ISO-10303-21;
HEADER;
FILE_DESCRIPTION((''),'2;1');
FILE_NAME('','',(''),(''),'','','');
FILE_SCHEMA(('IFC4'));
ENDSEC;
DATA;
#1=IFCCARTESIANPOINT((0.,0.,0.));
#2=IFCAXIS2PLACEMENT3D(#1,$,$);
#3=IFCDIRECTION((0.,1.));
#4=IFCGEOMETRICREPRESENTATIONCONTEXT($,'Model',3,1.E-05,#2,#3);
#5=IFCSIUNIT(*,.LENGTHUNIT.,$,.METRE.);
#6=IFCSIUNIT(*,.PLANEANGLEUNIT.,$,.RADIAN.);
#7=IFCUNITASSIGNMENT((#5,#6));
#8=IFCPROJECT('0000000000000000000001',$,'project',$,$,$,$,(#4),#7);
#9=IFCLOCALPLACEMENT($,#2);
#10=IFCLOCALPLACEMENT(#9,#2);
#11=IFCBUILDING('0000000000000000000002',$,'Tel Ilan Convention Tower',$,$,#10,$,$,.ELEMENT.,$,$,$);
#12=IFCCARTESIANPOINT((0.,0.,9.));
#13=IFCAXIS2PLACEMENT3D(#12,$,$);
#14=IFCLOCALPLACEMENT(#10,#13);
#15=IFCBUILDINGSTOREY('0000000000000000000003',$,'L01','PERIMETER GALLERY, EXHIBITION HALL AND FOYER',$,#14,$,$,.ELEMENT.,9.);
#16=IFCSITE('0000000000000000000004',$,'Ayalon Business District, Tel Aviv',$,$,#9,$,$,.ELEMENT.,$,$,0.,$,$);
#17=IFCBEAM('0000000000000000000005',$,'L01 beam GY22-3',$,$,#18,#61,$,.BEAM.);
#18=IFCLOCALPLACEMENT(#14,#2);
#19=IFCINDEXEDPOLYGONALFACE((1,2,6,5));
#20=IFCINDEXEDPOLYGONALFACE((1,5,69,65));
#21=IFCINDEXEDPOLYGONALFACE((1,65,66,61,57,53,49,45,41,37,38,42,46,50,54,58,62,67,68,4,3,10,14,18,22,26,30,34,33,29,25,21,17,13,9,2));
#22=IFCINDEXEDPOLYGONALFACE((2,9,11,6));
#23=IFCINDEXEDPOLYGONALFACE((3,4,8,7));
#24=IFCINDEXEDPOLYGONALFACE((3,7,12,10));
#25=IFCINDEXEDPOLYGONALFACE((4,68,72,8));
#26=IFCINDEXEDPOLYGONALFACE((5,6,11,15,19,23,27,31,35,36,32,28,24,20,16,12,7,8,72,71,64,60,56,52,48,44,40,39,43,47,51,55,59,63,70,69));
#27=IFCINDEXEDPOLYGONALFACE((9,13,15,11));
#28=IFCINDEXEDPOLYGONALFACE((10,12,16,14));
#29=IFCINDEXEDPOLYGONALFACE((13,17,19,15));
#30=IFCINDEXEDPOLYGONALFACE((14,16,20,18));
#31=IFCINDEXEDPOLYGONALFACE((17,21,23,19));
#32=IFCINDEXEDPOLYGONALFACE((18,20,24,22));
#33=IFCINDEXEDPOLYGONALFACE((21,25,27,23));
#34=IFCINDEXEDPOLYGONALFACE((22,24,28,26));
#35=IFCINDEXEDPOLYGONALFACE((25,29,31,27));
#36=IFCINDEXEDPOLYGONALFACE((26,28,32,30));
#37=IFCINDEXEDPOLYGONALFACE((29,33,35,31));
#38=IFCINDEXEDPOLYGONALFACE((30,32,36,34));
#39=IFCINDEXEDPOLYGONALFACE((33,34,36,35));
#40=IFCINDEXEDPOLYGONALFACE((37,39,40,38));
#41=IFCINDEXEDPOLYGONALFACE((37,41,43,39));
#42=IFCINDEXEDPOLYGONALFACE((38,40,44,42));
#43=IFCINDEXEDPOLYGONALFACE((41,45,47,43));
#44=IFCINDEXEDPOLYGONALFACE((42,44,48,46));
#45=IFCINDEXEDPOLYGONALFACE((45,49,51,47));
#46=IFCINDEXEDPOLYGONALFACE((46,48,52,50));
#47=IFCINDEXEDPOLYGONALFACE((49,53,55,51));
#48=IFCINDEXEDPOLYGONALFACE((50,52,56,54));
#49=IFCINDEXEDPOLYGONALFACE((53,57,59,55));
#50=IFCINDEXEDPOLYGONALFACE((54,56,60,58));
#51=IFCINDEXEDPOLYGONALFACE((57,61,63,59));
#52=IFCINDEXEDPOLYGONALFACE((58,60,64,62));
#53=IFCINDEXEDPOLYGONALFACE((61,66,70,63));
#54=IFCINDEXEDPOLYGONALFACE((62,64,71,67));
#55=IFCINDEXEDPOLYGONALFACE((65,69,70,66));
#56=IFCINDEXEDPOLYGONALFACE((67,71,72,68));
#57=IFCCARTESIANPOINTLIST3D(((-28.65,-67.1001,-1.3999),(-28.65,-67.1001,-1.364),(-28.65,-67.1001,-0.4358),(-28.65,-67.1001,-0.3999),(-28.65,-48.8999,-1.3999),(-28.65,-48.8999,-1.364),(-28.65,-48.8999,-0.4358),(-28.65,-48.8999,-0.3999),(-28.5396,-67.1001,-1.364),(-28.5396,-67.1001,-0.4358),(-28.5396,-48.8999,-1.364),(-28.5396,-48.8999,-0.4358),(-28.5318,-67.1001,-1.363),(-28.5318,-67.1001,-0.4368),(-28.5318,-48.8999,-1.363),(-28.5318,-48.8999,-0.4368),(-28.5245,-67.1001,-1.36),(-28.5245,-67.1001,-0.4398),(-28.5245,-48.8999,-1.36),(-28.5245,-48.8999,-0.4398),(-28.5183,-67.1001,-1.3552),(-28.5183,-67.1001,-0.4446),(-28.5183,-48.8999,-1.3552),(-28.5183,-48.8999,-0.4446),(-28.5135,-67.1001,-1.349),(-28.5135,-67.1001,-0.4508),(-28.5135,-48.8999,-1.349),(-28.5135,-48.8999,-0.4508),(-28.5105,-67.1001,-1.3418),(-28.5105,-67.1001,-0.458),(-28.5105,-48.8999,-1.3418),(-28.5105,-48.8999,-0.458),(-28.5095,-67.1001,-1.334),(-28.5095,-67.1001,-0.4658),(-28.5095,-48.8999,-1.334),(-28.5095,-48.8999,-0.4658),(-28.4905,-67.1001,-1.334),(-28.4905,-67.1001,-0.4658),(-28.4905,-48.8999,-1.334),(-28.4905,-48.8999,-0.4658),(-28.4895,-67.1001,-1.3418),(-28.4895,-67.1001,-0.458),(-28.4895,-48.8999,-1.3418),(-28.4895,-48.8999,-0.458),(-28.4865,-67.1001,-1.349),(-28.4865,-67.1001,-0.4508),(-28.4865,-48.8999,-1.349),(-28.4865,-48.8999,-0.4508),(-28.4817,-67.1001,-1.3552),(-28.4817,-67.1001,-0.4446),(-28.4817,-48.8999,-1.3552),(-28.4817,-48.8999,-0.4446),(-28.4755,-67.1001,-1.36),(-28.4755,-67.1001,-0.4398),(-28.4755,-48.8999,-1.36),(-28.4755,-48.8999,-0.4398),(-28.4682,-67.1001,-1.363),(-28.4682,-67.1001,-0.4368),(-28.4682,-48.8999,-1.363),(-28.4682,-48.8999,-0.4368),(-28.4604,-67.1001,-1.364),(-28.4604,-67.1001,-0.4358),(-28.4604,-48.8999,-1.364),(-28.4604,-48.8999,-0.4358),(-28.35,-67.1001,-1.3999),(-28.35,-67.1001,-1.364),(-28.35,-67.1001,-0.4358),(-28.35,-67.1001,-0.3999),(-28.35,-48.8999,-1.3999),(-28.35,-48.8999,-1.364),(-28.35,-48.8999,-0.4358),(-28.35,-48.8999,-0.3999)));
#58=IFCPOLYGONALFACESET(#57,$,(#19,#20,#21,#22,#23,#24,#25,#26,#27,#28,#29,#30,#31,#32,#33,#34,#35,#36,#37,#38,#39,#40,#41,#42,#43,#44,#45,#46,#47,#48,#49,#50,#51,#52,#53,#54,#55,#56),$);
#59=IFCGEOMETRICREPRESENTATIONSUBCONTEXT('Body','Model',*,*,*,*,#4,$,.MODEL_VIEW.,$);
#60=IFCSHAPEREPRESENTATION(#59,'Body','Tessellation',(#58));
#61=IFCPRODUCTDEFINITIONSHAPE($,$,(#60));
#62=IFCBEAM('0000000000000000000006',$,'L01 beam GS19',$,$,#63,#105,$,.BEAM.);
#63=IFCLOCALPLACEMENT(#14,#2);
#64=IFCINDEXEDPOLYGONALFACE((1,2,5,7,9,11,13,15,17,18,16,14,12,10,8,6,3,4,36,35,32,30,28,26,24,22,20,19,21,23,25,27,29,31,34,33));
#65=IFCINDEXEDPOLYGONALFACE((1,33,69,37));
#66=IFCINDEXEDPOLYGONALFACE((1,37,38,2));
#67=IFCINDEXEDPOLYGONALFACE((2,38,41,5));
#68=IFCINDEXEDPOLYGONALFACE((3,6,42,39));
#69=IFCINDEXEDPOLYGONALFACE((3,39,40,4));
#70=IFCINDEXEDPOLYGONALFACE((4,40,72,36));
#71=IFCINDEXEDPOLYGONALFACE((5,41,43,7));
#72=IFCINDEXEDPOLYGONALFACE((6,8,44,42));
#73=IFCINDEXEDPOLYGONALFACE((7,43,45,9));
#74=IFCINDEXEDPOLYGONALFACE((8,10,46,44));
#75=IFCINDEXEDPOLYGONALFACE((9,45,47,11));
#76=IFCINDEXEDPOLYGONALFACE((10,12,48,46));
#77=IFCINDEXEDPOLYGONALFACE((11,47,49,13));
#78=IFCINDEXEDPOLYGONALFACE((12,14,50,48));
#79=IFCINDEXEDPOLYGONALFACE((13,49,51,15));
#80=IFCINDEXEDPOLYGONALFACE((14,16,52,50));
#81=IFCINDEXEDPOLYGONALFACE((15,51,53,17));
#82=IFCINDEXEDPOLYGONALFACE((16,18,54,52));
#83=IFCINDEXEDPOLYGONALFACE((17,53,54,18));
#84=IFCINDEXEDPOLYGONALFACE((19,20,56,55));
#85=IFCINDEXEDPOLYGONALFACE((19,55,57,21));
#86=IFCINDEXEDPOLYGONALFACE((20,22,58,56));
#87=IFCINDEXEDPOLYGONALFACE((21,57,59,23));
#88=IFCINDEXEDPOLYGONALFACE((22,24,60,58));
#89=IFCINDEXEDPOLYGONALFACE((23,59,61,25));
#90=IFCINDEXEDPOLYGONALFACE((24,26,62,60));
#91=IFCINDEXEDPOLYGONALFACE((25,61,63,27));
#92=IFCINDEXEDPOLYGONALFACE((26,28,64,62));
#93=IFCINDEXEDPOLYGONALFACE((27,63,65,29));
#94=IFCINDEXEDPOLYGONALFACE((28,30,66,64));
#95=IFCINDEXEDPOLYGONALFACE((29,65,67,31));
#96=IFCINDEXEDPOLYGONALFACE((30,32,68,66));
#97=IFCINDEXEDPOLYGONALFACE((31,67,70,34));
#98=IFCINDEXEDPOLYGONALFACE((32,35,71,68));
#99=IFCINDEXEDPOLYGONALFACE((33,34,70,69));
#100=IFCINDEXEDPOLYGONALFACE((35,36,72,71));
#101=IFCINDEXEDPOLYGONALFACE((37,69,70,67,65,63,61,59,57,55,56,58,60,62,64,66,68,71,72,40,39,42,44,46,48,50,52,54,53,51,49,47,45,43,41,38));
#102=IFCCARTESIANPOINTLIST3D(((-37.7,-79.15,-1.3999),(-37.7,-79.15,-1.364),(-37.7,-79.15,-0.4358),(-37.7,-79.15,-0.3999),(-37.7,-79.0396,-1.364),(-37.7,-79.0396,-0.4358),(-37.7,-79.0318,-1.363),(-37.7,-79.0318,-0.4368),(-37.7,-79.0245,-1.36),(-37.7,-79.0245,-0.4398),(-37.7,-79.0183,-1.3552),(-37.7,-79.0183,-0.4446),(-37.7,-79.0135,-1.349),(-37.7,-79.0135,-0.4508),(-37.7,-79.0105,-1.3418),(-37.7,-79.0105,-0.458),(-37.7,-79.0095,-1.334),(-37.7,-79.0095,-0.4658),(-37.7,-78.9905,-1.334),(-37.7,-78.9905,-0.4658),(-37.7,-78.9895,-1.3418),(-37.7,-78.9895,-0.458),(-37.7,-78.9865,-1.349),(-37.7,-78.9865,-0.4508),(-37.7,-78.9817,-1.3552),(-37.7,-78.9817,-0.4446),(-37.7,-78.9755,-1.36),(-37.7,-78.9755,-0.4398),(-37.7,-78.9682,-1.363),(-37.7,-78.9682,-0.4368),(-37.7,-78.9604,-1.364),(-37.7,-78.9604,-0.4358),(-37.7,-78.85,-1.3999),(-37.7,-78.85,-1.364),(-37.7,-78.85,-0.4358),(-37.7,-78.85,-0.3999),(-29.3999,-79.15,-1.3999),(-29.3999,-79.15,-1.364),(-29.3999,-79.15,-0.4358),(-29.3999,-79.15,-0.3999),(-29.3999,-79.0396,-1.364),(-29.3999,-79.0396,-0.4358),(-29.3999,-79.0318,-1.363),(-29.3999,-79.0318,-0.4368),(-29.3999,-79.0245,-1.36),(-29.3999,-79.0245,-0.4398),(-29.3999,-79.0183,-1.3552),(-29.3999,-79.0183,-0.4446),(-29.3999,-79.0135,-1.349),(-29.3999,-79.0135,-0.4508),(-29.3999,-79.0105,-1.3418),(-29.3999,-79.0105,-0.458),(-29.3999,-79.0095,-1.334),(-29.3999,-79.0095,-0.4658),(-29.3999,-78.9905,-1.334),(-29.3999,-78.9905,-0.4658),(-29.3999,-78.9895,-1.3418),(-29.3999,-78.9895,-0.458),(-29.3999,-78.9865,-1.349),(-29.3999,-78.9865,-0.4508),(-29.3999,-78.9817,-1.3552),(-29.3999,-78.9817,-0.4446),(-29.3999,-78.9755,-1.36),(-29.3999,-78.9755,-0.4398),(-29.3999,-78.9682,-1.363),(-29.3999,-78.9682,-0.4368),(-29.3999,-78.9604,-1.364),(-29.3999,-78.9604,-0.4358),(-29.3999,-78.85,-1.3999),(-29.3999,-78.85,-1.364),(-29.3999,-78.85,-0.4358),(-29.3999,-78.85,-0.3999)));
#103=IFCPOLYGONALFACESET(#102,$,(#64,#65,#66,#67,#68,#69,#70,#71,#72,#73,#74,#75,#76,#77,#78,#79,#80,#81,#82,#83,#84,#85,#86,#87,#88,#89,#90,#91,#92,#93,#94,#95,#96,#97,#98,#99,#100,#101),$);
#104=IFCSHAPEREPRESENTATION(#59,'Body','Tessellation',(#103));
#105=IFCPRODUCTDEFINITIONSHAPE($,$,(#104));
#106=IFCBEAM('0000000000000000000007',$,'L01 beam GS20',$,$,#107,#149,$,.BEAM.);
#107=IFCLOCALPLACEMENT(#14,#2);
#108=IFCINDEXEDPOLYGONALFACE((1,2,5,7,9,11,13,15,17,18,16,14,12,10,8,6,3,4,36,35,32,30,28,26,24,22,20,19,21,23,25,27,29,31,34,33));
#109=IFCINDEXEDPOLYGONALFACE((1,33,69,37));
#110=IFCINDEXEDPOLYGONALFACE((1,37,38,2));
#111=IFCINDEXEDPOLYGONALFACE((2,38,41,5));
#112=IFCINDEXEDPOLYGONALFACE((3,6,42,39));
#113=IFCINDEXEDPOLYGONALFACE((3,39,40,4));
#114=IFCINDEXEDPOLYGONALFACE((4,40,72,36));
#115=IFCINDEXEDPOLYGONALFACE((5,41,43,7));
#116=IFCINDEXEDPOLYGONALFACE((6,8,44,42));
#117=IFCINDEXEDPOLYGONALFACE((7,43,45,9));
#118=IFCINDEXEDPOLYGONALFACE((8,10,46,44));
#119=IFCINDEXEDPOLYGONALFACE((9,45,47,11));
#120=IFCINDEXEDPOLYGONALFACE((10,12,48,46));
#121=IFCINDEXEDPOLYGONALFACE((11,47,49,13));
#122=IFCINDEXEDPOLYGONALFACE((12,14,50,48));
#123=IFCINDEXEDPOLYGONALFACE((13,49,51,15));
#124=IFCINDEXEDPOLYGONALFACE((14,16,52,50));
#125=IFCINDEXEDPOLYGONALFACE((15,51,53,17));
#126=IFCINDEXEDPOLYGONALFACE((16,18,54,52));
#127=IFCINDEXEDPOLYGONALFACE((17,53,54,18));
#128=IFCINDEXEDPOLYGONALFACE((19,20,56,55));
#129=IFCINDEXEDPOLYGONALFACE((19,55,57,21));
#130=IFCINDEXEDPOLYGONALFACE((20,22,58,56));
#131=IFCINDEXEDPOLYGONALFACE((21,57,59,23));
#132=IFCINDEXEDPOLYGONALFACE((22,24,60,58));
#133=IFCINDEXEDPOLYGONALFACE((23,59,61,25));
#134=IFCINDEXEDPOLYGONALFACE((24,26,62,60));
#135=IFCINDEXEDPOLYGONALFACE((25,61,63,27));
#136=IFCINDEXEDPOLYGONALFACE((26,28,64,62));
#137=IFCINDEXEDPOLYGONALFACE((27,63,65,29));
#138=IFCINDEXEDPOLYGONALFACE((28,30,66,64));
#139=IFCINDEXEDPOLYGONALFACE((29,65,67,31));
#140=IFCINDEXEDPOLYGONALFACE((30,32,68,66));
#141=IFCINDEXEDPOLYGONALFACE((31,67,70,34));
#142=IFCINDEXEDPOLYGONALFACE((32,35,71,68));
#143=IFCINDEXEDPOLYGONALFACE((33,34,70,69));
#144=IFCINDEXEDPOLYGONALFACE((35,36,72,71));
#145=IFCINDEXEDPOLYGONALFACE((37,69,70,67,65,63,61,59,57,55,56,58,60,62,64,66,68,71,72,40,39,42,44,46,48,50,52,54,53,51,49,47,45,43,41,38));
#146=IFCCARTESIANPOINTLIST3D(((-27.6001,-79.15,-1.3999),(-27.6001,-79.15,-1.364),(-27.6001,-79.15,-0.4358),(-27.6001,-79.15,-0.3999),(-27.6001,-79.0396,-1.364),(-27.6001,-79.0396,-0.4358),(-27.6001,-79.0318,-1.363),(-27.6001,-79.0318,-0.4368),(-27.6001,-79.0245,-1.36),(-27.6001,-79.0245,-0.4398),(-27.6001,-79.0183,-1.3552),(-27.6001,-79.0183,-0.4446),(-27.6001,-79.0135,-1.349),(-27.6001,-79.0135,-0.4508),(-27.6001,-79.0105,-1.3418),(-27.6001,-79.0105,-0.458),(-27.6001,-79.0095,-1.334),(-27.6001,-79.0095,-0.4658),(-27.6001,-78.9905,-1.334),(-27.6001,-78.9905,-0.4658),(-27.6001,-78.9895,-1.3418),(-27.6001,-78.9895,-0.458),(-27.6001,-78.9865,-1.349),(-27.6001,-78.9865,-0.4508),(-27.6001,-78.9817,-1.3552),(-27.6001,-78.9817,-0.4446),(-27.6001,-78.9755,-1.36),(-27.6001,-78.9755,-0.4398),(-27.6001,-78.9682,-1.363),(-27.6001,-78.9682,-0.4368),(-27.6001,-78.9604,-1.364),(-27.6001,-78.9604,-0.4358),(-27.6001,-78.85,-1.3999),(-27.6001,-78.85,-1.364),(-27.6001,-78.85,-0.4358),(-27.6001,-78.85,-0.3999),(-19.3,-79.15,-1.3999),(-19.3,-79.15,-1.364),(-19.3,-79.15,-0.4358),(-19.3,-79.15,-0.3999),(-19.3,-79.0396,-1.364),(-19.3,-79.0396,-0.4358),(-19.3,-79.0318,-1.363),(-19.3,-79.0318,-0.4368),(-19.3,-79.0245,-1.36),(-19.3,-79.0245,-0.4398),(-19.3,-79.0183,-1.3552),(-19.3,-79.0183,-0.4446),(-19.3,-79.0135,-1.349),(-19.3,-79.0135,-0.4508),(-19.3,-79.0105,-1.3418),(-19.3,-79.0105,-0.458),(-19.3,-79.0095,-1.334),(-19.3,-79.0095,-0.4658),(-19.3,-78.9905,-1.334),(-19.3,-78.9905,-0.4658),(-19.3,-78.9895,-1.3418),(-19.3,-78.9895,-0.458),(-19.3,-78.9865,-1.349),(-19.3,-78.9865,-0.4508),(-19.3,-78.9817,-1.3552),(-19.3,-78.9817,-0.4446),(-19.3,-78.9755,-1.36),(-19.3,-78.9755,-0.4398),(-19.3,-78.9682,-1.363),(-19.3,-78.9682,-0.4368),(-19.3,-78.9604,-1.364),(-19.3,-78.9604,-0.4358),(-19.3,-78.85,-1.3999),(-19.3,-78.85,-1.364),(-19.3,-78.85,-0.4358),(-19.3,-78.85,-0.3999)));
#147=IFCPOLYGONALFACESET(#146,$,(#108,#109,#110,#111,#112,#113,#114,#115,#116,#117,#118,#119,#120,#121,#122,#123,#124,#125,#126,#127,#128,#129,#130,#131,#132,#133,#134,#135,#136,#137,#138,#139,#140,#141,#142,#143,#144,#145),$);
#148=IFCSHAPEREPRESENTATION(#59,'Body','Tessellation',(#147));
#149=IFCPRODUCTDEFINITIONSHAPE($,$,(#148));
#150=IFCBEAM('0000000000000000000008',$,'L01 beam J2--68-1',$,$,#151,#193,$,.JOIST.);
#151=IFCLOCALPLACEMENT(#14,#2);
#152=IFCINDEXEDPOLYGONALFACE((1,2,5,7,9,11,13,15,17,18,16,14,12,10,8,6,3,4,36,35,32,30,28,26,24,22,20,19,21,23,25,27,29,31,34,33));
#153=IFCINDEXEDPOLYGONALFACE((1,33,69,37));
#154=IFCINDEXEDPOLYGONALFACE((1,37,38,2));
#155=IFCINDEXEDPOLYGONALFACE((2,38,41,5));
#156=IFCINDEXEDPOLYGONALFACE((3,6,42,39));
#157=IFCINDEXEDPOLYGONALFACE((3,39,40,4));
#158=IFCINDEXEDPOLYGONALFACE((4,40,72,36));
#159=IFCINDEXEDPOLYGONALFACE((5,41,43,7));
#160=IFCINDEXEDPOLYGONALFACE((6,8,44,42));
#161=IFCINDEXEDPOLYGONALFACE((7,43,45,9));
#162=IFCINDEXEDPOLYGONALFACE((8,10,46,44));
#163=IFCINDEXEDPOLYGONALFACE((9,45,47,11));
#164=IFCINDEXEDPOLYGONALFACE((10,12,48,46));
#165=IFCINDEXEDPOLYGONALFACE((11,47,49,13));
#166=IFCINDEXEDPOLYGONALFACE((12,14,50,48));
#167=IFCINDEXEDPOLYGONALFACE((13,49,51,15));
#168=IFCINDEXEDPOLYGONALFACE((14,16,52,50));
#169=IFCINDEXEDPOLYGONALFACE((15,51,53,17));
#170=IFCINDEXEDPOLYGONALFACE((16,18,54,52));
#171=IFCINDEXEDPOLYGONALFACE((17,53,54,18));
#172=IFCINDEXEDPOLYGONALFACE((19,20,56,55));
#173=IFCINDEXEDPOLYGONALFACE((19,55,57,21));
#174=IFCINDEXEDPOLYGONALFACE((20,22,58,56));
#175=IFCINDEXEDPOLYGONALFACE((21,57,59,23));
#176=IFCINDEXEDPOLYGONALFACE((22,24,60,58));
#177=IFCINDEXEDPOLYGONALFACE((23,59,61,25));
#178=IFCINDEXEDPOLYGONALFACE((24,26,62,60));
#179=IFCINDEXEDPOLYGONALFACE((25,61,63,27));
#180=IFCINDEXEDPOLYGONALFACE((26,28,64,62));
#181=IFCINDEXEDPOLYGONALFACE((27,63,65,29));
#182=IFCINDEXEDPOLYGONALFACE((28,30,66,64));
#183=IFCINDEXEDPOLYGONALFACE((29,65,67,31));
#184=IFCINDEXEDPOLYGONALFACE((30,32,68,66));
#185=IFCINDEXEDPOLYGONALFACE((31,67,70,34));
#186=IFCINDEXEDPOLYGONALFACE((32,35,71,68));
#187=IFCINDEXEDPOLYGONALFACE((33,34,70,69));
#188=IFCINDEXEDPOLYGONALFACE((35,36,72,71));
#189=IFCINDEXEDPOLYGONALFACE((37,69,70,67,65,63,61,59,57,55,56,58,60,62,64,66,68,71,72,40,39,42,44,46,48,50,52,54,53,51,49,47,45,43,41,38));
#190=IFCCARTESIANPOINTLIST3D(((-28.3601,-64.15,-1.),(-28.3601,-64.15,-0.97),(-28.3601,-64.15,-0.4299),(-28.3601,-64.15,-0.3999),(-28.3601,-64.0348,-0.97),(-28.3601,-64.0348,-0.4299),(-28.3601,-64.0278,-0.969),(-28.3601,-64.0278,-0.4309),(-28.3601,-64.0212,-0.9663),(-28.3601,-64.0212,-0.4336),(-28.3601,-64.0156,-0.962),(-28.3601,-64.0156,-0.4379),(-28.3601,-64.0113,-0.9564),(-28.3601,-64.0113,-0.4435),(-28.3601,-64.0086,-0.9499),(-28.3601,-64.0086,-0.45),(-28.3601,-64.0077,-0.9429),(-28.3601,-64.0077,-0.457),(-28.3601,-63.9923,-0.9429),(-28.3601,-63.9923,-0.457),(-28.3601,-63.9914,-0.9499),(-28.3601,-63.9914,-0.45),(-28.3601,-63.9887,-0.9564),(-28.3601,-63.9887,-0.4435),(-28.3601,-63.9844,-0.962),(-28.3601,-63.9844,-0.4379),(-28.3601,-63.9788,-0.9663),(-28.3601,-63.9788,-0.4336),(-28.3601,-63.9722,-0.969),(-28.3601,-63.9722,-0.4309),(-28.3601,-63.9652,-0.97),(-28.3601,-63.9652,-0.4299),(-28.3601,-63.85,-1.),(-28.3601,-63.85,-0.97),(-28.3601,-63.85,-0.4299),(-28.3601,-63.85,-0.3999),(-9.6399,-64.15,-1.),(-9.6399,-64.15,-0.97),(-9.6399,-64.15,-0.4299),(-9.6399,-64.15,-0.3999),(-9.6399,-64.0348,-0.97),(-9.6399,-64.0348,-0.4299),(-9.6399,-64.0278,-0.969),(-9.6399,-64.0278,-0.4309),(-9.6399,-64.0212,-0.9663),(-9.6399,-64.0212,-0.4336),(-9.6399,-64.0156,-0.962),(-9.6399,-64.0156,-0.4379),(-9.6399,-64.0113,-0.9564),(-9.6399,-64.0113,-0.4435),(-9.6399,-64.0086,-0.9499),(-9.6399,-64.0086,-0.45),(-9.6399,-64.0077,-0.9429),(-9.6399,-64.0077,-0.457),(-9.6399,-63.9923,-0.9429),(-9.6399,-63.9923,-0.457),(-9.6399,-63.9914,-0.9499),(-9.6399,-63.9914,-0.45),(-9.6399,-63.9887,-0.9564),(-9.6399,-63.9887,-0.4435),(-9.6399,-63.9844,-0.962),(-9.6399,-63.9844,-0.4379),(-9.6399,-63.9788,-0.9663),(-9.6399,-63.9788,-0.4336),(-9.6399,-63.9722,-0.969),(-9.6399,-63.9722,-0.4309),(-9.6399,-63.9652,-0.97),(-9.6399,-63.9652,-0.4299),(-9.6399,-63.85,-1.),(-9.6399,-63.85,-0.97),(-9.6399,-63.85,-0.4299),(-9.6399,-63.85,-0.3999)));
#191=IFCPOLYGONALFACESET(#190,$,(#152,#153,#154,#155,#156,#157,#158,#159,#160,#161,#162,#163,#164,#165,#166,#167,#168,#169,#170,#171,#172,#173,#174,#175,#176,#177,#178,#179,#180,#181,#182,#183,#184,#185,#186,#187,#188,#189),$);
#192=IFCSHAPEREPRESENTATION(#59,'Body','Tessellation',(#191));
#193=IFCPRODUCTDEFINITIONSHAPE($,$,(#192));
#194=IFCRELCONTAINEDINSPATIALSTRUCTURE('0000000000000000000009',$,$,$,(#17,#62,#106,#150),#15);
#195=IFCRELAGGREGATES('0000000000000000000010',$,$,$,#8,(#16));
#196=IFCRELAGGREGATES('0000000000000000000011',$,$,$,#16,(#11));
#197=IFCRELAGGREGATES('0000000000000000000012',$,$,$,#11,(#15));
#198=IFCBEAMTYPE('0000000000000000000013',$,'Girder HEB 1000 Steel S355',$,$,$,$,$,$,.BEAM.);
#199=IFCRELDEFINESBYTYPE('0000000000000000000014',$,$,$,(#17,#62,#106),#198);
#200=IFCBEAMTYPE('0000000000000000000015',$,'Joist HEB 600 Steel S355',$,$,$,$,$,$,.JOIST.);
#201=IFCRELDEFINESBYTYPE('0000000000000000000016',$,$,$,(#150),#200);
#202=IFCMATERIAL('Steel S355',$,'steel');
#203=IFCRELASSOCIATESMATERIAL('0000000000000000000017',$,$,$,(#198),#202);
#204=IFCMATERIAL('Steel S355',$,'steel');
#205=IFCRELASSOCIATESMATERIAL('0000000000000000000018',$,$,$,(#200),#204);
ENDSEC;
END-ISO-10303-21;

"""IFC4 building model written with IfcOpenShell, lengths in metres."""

from ifc_helpers import new_model, si_unit, direction, frame, origin, origin_2d, place, context, subcontext, project, spatial, i_section, extrude, material, material_profile, profile_set, type_object, element, save


model = new_model("IFC4")

# Units and contexts
model_context = context("Model", 3, precision=1e-05, world=origin(), true_north=direction((0.0, 1.0)))
body_context = subcontext(model_context, "Body", "Model", "MODEL_VIEW")
ifc_project = project(units=[si_unit("LENGTHUNIT", "METRE"), si_unit("PLANEANGLEUNIT", "RADIAN")], contexts=[model_context])

# Site, building, storey
site_placement = place(None, origin())
site = spatial("IfcSite", under=ifc_project, at=site_placement, Name="Ayalon Business District, Tel Aviv", CompositionType="ELEMENT", RefElevation=0.0)
building_placement = place(site_placement, origin())
building = spatial("IfcBuilding", under=site, at=building_placement, Name="Tel Ilan Convention Tower", CompositionType="ELEMENT")
storey_placement = place(building_placement, frame((0.0, 0.0, 9.0)))
storey = spatial("IfcBuildingStorey", under=building, at=storey_placement, Name="L01", Description="PERIMETER GALLERY, EXHIBITION HALL AND FOYER", CompositionType="ELEMENT", Elevation=9.0)

# Beams
ifc_material_1 = material(Name="Steel S355", Category="steel")
ifc_material_profile_1 = material_profile(ifc_material_1, i_section(OverallWidth=0.3, OverallDepth=1.0, WebThickness=0.019, FlangeThickness=0.0359, FilletRadius=0.03, at=origin_2d()), Name="HEB 1000")
ifc_profile_set_1 = profile_set([ifc_material_profile_1], Name="Steel S355")
beam_type_1 = type_object("IfcBeamType", Name="Girder HEB 1000 Steel S355", PredefinedType="BEAM", material=ifc_profile_set_1)
beam_1_placement = place(storey_placement, frame((-28.5, -67.1001, -0.8999), z_axis=(0.0, 1.0, 0.0), x_axis=(-1.0, 0.0, 0.0)))
element("IfcBeam", 1, at=beam_1_placement, inside=storey, type_object=beam_type_1, Name="L01 beam GY22-3", PredefinedType="BEAM", context=body_context, shape_type="SweptSolid", body=[
    extrude(i_section(OverallWidth=0.3, OverallDepth=1.0, WebThickness=0.019, FlangeThickness=0.0359, FilletRadius=0.03, at=origin_2d()), origin(), (0.0, 0.0, 1.0), 18.2002),
])
for number, where, z_axis, x_axis, name in (
    (2, (-37.7, -79.0, -0.8999), (1.0, 0.0, 0.0), (0.0, 1.0, 0.0), "L01 beam GS19"),
    (3, (-27.6001, -79.0, -0.8999), (1.0, 0.0, 0.0), (0.0, 1.0, 0.0), "L01 beam GS20"),
):
    element("IfcBeam", number, at=place(storey_placement, frame(where, z_axis=z_axis, x_axis=x_axis)), inside=storey, type_object=beam_type_1, Name=name, PredefinedType="BEAM", context=body_context, shape_type="SweptSolid", body=[
        extrude(i_section(OverallWidth=0.3, OverallDepth=1.0, WebThickness=0.019, FlangeThickness=0.0359, FilletRadius=0.03, at=origin_2d()), origin(), (0.0, 0.0, 1.0), 8.3),
    ])
ifc_material_2 = material(Name="Steel S355", Category="steel")
ifc_material_profile_2 = material_profile(ifc_material_2, i_section(OverallWidth=0.3, OverallDepth=0.6001, WebThickness=0.0154, FlangeThickness=0.03, FilletRadius=0.0271, at=origin_2d()), Name="HEB 600")
ifc_profile_set_2 = profile_set([ifc_material_profile_2], Name="Steel S355")
beam_type_2 = type_object("IfcBeamType", Name="Joist HEB 600 Steel S355", PredefinedType="JOIST", material=ifc_profile_set_2)
for number, where, z_axis, x_axis, name in (
    (4, (-28.3601, -64.0, -0.7), (1.0, 0.0, 0.0), (0.0, 1.0, 0.0), "L01 beam J2--68-1"),
):
    element("IfcBeam", number, at=place(storey_placement, frame(where, z_axis=z_axis, x_axis=x_axis)), inside=storey, type_object=beam_type_2, Name=name, PredefinedType="JOIST", context=body_context, shape_type="SweptSolid", body=[
        extrude(i_section(OverallWidth=0.3, OverallDepth=0.6001, WebThickness=0.0154, FlangeThickness=0.03, FilletRadius=0.0271, at=origin_2d()), origin(), (0.0, 0.0, 1.0), 18.7202),
    ])

save(model, "model.ifc")
